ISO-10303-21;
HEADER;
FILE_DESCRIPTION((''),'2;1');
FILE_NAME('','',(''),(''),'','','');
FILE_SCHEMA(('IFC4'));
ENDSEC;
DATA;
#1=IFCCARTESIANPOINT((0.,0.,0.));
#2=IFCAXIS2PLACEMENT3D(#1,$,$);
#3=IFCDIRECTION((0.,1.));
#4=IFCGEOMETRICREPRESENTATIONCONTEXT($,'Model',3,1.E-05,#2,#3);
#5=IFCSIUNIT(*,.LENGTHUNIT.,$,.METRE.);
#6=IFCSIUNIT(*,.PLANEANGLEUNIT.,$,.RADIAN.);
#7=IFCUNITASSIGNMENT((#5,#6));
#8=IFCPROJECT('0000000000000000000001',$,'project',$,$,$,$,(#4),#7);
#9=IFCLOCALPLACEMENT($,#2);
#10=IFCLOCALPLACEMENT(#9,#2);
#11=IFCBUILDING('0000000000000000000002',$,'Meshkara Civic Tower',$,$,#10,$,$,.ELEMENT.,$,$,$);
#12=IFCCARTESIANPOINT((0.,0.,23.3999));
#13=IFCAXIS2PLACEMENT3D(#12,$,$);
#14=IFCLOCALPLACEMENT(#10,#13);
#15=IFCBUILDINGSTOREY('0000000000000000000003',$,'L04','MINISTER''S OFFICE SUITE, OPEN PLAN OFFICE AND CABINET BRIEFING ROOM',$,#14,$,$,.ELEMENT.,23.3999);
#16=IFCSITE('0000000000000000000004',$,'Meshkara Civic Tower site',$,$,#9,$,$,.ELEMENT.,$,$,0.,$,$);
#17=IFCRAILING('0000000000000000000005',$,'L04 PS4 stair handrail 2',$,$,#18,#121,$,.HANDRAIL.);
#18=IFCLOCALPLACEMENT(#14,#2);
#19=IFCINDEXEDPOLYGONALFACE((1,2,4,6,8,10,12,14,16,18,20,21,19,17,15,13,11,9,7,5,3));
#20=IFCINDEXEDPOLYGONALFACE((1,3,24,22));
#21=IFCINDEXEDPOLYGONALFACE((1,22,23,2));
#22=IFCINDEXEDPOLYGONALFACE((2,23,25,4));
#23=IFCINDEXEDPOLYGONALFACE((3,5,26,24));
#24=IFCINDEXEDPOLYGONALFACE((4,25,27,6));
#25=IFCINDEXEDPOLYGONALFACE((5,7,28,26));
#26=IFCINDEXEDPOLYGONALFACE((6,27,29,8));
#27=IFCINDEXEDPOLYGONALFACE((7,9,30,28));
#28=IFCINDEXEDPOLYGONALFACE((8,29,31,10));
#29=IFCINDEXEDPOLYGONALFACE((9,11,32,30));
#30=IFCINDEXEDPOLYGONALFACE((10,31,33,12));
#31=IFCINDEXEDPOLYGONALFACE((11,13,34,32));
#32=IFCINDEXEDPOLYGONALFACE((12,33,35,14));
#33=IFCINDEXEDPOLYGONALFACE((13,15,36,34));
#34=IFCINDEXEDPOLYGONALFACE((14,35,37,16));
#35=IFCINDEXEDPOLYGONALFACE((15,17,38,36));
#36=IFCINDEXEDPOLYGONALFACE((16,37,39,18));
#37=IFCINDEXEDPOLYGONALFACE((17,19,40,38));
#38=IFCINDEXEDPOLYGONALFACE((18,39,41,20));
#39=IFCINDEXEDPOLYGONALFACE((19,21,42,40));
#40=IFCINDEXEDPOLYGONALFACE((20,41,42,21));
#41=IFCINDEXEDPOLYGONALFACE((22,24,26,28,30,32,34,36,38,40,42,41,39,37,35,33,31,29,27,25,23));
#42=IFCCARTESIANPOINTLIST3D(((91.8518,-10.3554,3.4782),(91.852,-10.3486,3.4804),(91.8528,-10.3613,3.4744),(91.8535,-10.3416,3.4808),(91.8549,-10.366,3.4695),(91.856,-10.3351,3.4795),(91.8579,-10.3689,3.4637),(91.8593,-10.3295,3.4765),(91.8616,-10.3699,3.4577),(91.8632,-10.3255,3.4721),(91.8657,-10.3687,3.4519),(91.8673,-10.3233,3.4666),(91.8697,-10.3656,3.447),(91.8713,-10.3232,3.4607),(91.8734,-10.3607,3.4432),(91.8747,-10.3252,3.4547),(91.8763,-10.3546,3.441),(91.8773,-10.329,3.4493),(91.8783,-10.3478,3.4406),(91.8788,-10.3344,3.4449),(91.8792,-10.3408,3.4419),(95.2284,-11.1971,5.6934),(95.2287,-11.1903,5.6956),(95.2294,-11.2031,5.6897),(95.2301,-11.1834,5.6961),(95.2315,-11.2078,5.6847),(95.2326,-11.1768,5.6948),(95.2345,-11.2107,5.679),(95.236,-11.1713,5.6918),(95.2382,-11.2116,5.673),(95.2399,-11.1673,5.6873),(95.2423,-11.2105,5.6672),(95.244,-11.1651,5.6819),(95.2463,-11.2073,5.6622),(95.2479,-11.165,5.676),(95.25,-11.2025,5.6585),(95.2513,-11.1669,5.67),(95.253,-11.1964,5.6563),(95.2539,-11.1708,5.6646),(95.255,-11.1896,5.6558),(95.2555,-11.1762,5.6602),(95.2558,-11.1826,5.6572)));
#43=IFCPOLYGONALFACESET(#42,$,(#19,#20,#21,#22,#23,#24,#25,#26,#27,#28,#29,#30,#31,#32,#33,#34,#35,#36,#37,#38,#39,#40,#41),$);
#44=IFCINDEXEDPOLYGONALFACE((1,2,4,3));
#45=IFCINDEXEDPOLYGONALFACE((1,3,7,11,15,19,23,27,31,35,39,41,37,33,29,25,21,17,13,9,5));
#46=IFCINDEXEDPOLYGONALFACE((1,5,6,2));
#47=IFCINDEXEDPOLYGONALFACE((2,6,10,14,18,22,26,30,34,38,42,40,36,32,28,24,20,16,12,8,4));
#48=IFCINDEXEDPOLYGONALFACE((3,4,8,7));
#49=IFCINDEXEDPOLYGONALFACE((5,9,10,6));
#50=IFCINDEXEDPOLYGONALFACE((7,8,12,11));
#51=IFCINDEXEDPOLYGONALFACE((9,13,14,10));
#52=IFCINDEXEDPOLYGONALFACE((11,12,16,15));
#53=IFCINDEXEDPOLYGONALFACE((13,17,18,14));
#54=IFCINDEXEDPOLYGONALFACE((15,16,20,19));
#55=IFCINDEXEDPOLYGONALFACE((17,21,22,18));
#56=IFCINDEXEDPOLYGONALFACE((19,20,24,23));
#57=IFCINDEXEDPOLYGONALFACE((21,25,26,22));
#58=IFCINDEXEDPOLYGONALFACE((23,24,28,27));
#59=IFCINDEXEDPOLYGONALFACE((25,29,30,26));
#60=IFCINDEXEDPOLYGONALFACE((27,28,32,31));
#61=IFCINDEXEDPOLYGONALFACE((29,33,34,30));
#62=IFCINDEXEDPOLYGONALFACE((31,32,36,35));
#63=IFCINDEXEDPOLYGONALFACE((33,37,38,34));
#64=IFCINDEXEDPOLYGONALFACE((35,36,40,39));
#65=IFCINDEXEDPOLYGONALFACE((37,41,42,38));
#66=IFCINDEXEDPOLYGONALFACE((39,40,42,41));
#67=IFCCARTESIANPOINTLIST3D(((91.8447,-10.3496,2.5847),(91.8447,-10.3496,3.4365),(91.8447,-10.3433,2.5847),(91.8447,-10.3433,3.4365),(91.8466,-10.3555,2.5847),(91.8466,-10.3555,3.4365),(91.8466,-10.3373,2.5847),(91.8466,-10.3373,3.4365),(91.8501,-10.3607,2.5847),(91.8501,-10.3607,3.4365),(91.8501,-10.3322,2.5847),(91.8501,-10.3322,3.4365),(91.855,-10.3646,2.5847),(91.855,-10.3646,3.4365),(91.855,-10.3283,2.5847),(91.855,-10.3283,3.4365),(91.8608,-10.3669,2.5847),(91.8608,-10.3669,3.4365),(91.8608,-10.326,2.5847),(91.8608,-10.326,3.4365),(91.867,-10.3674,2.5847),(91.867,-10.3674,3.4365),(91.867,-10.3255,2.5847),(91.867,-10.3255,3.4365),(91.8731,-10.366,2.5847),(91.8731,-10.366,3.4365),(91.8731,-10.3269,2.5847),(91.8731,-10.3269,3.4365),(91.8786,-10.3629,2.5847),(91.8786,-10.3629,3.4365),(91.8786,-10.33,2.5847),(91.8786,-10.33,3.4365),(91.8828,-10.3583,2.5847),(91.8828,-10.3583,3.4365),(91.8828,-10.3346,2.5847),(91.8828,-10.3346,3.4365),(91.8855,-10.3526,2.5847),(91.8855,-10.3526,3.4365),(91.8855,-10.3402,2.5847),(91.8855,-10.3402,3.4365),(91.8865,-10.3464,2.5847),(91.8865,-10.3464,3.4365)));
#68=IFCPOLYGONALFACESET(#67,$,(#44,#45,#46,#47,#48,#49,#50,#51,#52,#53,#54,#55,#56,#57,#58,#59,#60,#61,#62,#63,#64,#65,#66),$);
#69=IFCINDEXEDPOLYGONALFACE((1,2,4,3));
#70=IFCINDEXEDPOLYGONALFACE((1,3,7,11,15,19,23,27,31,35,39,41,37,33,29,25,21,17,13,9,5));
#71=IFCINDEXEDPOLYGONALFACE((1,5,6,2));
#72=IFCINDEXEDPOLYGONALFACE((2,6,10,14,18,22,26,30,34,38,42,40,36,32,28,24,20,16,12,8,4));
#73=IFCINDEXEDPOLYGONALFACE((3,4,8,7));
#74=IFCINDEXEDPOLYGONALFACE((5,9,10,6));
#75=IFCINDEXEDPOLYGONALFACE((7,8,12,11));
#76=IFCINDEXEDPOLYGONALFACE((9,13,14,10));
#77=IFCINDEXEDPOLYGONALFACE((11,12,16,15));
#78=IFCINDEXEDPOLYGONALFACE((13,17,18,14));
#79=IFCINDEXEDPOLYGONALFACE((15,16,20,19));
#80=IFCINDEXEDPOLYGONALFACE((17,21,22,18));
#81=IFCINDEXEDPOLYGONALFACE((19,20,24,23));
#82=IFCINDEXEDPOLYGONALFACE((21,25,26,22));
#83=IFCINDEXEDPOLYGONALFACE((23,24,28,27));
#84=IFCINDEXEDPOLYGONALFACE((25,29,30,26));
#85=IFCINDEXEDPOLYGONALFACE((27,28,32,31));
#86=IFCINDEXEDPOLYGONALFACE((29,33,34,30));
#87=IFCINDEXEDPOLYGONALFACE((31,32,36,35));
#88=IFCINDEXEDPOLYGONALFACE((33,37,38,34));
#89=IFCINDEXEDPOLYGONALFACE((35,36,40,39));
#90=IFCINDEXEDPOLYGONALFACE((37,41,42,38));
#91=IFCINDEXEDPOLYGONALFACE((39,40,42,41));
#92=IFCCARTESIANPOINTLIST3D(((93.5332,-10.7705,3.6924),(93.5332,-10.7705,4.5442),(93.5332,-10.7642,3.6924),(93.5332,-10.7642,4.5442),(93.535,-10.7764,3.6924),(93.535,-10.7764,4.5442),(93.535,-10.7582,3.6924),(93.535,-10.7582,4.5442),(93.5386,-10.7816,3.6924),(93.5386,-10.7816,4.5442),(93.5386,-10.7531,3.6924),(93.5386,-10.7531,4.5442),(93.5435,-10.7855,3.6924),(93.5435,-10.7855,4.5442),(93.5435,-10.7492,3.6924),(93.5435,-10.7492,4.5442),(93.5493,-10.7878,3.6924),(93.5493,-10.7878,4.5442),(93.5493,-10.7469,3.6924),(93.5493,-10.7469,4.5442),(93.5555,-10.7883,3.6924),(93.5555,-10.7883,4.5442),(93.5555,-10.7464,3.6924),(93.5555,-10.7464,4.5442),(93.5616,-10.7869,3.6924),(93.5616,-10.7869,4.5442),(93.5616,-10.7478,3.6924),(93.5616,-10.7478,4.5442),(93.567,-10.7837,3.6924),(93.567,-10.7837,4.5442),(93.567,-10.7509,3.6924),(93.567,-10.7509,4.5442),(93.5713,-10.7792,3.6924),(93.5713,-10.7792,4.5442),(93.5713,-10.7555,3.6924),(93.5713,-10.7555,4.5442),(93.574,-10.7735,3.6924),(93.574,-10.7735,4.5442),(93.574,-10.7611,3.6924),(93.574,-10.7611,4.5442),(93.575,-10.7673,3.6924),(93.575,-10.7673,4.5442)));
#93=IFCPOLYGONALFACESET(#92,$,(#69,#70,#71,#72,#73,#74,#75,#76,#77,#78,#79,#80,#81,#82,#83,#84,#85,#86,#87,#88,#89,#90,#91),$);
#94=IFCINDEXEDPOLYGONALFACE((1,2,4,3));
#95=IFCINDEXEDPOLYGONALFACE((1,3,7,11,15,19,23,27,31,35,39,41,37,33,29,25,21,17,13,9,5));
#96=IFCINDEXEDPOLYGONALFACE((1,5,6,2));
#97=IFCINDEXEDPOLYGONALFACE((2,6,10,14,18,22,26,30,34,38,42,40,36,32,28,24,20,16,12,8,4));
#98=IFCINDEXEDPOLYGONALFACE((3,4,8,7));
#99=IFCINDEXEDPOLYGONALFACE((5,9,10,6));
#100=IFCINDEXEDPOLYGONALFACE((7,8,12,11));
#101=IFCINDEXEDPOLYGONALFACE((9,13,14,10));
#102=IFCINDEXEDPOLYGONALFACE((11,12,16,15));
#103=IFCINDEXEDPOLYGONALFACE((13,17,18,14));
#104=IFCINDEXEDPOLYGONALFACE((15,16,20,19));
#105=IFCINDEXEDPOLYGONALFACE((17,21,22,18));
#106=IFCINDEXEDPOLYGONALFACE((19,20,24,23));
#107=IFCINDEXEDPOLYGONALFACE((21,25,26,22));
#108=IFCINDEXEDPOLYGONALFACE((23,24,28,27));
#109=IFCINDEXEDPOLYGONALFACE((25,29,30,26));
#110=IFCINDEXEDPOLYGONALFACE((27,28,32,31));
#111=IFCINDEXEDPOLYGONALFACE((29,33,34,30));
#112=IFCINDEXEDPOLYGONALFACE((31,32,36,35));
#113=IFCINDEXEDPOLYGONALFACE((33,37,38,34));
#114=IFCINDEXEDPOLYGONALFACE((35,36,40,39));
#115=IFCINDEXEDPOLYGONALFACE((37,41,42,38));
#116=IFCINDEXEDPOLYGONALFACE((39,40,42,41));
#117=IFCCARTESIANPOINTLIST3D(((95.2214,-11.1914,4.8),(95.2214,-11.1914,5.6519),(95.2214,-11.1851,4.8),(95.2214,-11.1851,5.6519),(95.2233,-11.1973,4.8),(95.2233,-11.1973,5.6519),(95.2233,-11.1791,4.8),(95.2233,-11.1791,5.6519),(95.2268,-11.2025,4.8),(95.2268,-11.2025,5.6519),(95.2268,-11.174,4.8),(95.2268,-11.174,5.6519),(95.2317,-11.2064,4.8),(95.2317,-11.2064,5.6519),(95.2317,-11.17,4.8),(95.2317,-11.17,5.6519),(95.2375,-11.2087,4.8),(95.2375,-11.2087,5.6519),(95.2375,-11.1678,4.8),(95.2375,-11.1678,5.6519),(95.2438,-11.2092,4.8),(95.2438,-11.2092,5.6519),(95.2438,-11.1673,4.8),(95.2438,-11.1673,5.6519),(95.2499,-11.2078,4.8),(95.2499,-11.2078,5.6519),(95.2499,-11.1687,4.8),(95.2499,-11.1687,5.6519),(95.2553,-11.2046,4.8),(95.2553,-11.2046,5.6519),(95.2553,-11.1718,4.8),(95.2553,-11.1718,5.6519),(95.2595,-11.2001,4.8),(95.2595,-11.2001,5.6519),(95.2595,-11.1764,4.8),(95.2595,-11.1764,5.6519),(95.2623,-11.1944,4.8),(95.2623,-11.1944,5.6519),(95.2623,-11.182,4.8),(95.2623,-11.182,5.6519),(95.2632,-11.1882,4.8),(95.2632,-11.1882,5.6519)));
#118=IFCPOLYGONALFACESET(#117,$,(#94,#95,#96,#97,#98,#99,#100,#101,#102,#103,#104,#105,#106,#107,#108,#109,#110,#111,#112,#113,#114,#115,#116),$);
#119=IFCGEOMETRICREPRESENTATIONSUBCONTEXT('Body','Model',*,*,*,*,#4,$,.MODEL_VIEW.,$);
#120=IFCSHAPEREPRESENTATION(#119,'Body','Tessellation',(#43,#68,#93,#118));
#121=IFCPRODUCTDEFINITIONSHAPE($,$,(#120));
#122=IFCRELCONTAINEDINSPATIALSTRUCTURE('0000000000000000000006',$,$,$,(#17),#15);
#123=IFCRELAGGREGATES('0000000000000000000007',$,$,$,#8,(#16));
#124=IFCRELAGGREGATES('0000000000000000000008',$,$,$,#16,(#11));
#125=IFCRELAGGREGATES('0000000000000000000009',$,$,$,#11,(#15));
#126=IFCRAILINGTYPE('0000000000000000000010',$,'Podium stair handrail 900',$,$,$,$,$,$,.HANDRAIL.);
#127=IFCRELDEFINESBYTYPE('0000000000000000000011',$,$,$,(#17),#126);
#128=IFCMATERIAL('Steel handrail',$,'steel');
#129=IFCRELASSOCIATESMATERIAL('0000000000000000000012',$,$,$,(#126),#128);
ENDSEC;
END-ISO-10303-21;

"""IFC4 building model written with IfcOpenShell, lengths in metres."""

from ifc_helpers import new_model, si_unit, direction, frame, origin, origin_2d, place, context, subcontext, project, spatial, circle, extrude, material, type_object, element, save


model = new_model("IFC4")

# Units and contexts
model_context = context("Model", 3, precision=1e-05, world=origin(), true_north=direction((0.0, 1.0)))
body_context = subcontext(model_context, "Body", "Model", "MODEL_VIEW")
ifc_project = project(units=[si_unit("LENGTHUNIT", "METRE"), si_unit("PLANEANGLEUNIT", "RADIAN")], contexts=[model_context])

# Site, building, storey
site_placement = place(None, origin())
site = spatial("IfcSite", under=ifc_project, at=site_placement, Name="Meshkara Civic Tower site", CompositionType="ELEMENT", RefElevation=0.0)
building_placement = place(site_placement, origin())
building = spatial("IfcBuilding", under=site, at=building_placement, Name="Meshkara Civic Tower", CompositionType="ELEMENT")
storey_placement = place(building_placement, frame((0.0, 0.0, 23.3999)))
storey = spatial("IfcBuildingStorey", under=building, at=storey_placement, Name="L04", Description="MINISTER'S OFFICE SUITE, OPEN PLAN OFFICE AND CABINET BRIEFING ROOM", CompositionType="ELEMENT", Elevation=23.3999)

# Railing
ifc_material_1 = material(Name="Steel handrail", Category="steel")
railing_type_1 = type_object("IfcRailingType", Name="Podium stair handrail 900", PredefinedType="HANDRAIL", material=ifc_material_1)
railing_1_placement = place(storey_placement, frame((91.8655, -10.3464, 2.5847)))
element("IfcRailing", 1, at=railing_1_placement, inside=storey, type_object=railing_type_1, Name="L04 PS4 stair handrail 2", PredefinedType="HANDRAIL", context=body_context, shape_type="SweptSolid", body=[
    extrude(circle(Radius=0.0239, at=origin_2d()), frame((0.0, 0.0, 0.876), z_axis=(0.818527, -0.204055, 0.537005), x_axis=(0.241892, 0.970303, 0.0)), (0.0, 0.0, 1.0), 4.1252),
    extrude(circle(Radius=0.021, at=origin_2d()), origin(), (0.0, 0.0, 1.0), 0.8518),
    extrude(circle(Radius=0.021, at=origin_2d()), frame((1.6885, -0.4209, 1.1077)), (0.0, 0.0, 1.0), 0.8518),
    extrude(circle(Radius=0.021, at=origin_2d()), frame((3.3767, -0.8418, 2.2153)), (0.0, 0.0, 1.0), 0.8518),
])

save(model, "model.ifc")
